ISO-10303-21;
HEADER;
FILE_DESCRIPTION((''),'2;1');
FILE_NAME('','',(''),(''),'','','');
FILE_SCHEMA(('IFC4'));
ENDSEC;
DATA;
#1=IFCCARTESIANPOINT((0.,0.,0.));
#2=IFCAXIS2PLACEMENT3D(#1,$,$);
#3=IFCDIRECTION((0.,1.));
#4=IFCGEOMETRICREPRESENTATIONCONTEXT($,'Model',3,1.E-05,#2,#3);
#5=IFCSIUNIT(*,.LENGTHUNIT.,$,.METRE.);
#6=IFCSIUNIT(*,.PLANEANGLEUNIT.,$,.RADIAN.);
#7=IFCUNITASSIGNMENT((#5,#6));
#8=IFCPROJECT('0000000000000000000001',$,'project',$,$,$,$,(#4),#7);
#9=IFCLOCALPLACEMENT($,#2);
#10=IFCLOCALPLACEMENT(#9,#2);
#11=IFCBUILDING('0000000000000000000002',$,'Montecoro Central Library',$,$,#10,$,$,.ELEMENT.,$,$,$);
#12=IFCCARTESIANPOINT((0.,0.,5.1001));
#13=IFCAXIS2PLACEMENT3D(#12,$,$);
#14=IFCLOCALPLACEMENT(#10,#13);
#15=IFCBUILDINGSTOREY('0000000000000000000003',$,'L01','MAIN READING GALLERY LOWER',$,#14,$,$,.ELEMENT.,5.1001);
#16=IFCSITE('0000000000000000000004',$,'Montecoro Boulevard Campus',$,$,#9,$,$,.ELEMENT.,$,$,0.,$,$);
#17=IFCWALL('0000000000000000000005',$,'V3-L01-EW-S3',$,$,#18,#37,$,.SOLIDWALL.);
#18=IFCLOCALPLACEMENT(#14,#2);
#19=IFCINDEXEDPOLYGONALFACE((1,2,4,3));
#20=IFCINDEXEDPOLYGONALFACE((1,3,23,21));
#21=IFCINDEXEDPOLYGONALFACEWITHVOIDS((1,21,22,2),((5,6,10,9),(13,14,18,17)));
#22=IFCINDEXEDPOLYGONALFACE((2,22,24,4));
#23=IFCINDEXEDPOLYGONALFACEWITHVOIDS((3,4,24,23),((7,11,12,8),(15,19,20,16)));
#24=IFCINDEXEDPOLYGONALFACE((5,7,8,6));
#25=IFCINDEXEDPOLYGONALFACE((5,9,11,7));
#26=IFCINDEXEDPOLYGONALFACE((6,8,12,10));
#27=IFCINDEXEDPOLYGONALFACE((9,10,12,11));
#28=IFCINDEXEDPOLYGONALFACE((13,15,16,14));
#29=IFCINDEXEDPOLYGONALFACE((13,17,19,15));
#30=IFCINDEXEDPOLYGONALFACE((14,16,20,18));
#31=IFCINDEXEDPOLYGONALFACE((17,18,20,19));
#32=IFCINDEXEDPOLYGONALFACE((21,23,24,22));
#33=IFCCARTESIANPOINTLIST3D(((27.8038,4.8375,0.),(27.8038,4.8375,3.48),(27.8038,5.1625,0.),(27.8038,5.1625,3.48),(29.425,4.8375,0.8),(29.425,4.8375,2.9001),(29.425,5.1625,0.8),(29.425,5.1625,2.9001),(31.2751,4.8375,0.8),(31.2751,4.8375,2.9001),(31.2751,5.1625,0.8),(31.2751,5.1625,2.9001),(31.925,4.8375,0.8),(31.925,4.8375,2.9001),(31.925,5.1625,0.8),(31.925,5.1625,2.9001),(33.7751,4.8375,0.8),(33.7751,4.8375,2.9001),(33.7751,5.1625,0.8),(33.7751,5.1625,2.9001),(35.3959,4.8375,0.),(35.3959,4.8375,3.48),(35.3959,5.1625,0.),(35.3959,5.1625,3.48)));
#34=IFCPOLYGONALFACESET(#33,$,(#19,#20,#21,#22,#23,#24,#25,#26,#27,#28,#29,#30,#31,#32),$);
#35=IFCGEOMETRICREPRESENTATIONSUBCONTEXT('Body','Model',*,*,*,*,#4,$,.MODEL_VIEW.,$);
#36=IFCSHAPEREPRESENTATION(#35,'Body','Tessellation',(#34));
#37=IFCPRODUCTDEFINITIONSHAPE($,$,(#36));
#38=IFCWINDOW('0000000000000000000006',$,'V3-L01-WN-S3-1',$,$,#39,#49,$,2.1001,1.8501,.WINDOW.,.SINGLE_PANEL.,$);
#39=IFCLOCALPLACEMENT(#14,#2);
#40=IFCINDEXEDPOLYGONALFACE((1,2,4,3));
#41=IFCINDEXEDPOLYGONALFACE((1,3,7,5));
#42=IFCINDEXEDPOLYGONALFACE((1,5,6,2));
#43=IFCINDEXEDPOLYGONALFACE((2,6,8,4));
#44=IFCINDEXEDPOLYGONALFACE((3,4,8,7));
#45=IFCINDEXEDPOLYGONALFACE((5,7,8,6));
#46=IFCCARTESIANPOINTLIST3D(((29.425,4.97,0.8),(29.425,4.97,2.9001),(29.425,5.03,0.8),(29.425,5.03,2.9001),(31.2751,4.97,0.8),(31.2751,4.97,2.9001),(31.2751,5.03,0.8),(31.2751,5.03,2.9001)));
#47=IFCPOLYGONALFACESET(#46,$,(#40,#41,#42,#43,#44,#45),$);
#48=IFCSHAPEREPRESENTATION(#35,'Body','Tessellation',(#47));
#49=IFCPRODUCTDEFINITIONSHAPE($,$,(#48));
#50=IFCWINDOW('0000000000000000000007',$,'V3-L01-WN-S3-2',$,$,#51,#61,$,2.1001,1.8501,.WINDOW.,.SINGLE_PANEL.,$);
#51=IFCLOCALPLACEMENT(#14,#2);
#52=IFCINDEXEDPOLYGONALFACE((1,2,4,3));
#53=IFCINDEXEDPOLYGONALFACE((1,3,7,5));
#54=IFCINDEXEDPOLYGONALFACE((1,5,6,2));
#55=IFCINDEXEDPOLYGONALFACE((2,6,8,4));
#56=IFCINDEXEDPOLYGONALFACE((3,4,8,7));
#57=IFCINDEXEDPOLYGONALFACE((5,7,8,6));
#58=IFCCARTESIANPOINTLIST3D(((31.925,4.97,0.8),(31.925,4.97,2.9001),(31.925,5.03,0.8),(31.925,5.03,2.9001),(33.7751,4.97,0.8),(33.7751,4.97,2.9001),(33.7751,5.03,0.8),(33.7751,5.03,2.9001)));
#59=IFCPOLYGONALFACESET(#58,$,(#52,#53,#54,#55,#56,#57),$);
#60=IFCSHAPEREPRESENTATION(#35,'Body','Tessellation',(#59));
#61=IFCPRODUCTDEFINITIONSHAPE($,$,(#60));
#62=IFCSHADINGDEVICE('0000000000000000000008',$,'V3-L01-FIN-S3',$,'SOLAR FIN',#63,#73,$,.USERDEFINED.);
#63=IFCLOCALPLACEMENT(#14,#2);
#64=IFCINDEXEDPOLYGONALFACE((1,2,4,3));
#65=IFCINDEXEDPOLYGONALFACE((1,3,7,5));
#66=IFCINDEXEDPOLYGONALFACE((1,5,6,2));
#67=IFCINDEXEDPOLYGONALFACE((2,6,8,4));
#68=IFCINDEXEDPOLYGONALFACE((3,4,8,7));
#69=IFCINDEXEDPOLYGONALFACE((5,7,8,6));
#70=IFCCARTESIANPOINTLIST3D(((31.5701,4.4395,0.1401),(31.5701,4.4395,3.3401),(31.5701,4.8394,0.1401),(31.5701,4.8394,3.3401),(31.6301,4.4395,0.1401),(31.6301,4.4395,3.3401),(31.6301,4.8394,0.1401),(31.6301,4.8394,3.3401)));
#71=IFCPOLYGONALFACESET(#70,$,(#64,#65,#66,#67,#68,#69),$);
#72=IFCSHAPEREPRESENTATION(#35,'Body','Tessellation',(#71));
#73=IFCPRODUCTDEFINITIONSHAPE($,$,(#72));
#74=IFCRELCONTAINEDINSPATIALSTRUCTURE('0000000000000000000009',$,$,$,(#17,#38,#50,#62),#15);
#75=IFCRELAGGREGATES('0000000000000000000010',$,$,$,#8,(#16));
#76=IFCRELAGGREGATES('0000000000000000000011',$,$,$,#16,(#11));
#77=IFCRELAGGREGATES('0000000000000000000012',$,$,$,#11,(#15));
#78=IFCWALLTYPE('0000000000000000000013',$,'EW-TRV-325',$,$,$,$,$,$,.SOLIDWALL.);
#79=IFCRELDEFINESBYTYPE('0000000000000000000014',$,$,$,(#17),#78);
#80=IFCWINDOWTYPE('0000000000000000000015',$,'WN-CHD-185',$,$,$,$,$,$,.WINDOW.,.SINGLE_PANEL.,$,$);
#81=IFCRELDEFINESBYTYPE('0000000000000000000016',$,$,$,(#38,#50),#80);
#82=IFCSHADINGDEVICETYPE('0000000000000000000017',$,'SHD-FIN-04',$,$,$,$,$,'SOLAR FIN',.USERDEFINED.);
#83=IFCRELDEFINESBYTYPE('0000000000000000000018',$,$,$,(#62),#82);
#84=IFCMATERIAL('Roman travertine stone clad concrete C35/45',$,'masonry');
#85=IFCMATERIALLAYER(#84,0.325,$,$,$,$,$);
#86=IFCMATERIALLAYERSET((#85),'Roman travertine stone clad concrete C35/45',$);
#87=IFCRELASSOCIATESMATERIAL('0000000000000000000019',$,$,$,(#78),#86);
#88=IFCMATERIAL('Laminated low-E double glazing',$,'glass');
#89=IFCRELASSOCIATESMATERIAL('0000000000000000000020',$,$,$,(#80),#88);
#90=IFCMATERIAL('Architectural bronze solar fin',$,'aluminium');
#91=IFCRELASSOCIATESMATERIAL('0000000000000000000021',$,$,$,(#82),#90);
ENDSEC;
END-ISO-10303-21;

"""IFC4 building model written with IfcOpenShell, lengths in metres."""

from ifc_helpers import new_model, si_unit, direction, frame, frame_2d, origin, origin_2d, place, context, subcontext, project, spatial, rectangle, extrude, material, layer, layer_set, type_object, element, fill, save


model = new_model("IFC4")

# Units and contexts
model_context = context("Model", 3, precision=1e-05, world=origin(), true_north=direction((0.0, 1.0)))
body_context = subcontext(model_context, "Body", "Model", "MODEL_VIEW")
ifc_project = project(units=[si_unit("LENGTHUNIT", "METRE"), si_unit("PLANEANGLEUNIT", "RADIAN")], contexts=[model_context])

# Site, building, storey
site_placement = place(None, origin())
site = spatial("IfcSite", under=ifc_project, at=site_placement, Name="Montecoro Boulevard Campus", CompositionType="ELEMENT", RefElevation=0.0)
building_placement = place(site_placement, origin())
building = spatial("IfcBuilding", under=site, at=building_placement, Name="Montecoro Central Library", CompositionType="ELEMENT")
storey_placement = place(building_placement, frame((0.0, 0.0, 5.1001)))
storey = spatial("IfcBuildingStorey", under=building, at=storey_placement, Name="L01", Description="MAIN READING GALLERY LOWER", CompositionType="ELEMENT", Elevation=5.1001)

# Shared definitions
ifc_material_1 = material(Name="Laminated low-E double glazing", Category="glass")

# Wall, openings, windows
ifc_material_2 = material(Name="Roman travertine stone clad concrete C35/45", Category="masonry")
ifc_layer_1 = layer(ifc_material_2, 0.325)
ifc_layer_set_1 = layer_set([ifc_layer_1], Name="Roman travertine stone clad concrete C35/45")
wall_type = type_object("IfcWallType", Name="EW-TRV-325", PredefinedType="SOLIDWALL", material=ifc_layer_set_1)
wall_placement = place(storey_placement, frame((27.804, 5.0, 0.0), z_axis=(0.0, 0.0, 1.0), x_axis=(1.0, 0.0, 0.0)))
wall = element("IfcWall", 1, at=wall_placement, inside=storey, type_object=wall_type, Name="V3-L01-EW-S3", PredefinedType="SOLIDWALL", context=body_context, shape_type="SweptSolid", body=[
    extrude(rectangle(XDim=7.592, YDim=0.325, at=frame_2d((3.7959, 0.0))), origin(), (0.0, 0.0, 1.0), 3.48),
])
opening_1_placement = place(wall_placement, frame((1.6211, 0.0, 0.8)))
opening_1 = element("IfcOpeningElement", 2, at=opening_1_placement, cuts=wall, PredefinedType="OPENING", context=body_context, shape_type="SweptSolid", body=[
    extrude(rectangle(XDim=1.8501, YDim=2.1001, at=frame_2d((0.925, 1.05))), frame((0.0, 0.1724, 0.0), z_axis=(0.0, -1.0, 0.0), x_axis=(1.0, 0.0, 0.0)), (0.0, 0.0, 1.0), 0.345),
])
opening_2_placement = place(wall_placement, frame((4.1211, 0.0, 0.8)))
opening_2 = element("IfcOpeningElement", 3, at=opening_2_placement, cuts=wall, PredefinedType="OPENING", context=body_context, shape_type="SweptSolid", body=[
    extrude(rectangle(XDim=1.8501, YDim=2.1001, at=frame_2d((0.925, 1.05))), frame((0.0, 0.1724, 0.0), z_axis=(0.0, -1.0, 0.0), x_axis=(1.0, 0.0, 0.0)), (0.0, 0.0, 1.0), 0.345),
])
window_type = type_object("IfcWindowType", Name="WN-CHD-185", PartitioningType="SINGLE_PANEL", PredefinedType="WINDOW", material=ifc_material_1)
window_1_placement = place(opening_1_placement, origin())
window_1 = element("IfcWindow", 4, at=window_1_placement, inside=storey, type_object=window_type, Name="V3-L01-WN-S3-1", OverallHeight=2.1001, OverallWidth=1.8501, PartitioningType="SINGLE_PANEL", PredefinedType="WINDOW", context=body_context, shape_type="SweptSolid", body=[
    extrude(rectangle(XDim=1.8501, YDim=2.1001, at=frame_2d((0.925, 1.05))), frame((0.0, 0.03, 0.0), z_axis=(0.0, -1.0, 0.0), x_axis=(1.0, 0.0, 0.0)), (0.0, 0.0, 1.0), 0.0601),
])
fill(opening_1, window_1)
window_2_placement = place(opening_2_placement, origin())
window_2 = element("IfcWindow", 5, at=window_2_placement, inside=storey, type_object=window_type, Name="V3-L01-WN-S3-2", OverallHeight=2.1001, OverallWidth=1.8501, PartitioningType="SINGLE_PANEL", PredefinedType="WINDOW", context=body_context, shape_type="SweptSolid", body=[
    extrude(rectangle(XDim=1.8501, YDim=2.1001, at=frame_2d((0.925, 1.05))), frame((0.0, 0.03, 0.0), z_axis=(0.0, -1.0, 0.0), x_axis=(1.0, 0.0, 0.0)), (0.0, 0.0, 1.0), 0.0601),
])
fill(opening_2, window_2)

# Shading device
ifc_material_3 = material(Name="Architectural bronze solar fin", Category="aluminium")
shading_device_type = type_object("IfcShadingDeviceType", Name="SHD-FIN-04", ElementType="SOLAR FIN", PredefinedType="USERDEFINED", material=ifc_material_3)
shading_device_placement = place(storey_placement, frame((31.6001, 4.6394, 0.1401), z_axis=(0.0, 0.0, 1.0), x_axis=(1.0, 0.0, 0.0)))
element("IfcShadingDevice", 6, at=shading_device_placement, inside=storey, type_object=shading_device_type, Name="V3-L01-FIN-S3", ObjectType="SOLAR FIN", PredefinedType="USERDEFINED", context=body_context, shape_type="SweptSolid", body=[
    extrude(rectangle(XDim=0.0601, YDim=0.3999, at=origin_2d()), origin(), (0.0, 0.0, 1.0), 3.2),
])

save(model, "model.ifc")
